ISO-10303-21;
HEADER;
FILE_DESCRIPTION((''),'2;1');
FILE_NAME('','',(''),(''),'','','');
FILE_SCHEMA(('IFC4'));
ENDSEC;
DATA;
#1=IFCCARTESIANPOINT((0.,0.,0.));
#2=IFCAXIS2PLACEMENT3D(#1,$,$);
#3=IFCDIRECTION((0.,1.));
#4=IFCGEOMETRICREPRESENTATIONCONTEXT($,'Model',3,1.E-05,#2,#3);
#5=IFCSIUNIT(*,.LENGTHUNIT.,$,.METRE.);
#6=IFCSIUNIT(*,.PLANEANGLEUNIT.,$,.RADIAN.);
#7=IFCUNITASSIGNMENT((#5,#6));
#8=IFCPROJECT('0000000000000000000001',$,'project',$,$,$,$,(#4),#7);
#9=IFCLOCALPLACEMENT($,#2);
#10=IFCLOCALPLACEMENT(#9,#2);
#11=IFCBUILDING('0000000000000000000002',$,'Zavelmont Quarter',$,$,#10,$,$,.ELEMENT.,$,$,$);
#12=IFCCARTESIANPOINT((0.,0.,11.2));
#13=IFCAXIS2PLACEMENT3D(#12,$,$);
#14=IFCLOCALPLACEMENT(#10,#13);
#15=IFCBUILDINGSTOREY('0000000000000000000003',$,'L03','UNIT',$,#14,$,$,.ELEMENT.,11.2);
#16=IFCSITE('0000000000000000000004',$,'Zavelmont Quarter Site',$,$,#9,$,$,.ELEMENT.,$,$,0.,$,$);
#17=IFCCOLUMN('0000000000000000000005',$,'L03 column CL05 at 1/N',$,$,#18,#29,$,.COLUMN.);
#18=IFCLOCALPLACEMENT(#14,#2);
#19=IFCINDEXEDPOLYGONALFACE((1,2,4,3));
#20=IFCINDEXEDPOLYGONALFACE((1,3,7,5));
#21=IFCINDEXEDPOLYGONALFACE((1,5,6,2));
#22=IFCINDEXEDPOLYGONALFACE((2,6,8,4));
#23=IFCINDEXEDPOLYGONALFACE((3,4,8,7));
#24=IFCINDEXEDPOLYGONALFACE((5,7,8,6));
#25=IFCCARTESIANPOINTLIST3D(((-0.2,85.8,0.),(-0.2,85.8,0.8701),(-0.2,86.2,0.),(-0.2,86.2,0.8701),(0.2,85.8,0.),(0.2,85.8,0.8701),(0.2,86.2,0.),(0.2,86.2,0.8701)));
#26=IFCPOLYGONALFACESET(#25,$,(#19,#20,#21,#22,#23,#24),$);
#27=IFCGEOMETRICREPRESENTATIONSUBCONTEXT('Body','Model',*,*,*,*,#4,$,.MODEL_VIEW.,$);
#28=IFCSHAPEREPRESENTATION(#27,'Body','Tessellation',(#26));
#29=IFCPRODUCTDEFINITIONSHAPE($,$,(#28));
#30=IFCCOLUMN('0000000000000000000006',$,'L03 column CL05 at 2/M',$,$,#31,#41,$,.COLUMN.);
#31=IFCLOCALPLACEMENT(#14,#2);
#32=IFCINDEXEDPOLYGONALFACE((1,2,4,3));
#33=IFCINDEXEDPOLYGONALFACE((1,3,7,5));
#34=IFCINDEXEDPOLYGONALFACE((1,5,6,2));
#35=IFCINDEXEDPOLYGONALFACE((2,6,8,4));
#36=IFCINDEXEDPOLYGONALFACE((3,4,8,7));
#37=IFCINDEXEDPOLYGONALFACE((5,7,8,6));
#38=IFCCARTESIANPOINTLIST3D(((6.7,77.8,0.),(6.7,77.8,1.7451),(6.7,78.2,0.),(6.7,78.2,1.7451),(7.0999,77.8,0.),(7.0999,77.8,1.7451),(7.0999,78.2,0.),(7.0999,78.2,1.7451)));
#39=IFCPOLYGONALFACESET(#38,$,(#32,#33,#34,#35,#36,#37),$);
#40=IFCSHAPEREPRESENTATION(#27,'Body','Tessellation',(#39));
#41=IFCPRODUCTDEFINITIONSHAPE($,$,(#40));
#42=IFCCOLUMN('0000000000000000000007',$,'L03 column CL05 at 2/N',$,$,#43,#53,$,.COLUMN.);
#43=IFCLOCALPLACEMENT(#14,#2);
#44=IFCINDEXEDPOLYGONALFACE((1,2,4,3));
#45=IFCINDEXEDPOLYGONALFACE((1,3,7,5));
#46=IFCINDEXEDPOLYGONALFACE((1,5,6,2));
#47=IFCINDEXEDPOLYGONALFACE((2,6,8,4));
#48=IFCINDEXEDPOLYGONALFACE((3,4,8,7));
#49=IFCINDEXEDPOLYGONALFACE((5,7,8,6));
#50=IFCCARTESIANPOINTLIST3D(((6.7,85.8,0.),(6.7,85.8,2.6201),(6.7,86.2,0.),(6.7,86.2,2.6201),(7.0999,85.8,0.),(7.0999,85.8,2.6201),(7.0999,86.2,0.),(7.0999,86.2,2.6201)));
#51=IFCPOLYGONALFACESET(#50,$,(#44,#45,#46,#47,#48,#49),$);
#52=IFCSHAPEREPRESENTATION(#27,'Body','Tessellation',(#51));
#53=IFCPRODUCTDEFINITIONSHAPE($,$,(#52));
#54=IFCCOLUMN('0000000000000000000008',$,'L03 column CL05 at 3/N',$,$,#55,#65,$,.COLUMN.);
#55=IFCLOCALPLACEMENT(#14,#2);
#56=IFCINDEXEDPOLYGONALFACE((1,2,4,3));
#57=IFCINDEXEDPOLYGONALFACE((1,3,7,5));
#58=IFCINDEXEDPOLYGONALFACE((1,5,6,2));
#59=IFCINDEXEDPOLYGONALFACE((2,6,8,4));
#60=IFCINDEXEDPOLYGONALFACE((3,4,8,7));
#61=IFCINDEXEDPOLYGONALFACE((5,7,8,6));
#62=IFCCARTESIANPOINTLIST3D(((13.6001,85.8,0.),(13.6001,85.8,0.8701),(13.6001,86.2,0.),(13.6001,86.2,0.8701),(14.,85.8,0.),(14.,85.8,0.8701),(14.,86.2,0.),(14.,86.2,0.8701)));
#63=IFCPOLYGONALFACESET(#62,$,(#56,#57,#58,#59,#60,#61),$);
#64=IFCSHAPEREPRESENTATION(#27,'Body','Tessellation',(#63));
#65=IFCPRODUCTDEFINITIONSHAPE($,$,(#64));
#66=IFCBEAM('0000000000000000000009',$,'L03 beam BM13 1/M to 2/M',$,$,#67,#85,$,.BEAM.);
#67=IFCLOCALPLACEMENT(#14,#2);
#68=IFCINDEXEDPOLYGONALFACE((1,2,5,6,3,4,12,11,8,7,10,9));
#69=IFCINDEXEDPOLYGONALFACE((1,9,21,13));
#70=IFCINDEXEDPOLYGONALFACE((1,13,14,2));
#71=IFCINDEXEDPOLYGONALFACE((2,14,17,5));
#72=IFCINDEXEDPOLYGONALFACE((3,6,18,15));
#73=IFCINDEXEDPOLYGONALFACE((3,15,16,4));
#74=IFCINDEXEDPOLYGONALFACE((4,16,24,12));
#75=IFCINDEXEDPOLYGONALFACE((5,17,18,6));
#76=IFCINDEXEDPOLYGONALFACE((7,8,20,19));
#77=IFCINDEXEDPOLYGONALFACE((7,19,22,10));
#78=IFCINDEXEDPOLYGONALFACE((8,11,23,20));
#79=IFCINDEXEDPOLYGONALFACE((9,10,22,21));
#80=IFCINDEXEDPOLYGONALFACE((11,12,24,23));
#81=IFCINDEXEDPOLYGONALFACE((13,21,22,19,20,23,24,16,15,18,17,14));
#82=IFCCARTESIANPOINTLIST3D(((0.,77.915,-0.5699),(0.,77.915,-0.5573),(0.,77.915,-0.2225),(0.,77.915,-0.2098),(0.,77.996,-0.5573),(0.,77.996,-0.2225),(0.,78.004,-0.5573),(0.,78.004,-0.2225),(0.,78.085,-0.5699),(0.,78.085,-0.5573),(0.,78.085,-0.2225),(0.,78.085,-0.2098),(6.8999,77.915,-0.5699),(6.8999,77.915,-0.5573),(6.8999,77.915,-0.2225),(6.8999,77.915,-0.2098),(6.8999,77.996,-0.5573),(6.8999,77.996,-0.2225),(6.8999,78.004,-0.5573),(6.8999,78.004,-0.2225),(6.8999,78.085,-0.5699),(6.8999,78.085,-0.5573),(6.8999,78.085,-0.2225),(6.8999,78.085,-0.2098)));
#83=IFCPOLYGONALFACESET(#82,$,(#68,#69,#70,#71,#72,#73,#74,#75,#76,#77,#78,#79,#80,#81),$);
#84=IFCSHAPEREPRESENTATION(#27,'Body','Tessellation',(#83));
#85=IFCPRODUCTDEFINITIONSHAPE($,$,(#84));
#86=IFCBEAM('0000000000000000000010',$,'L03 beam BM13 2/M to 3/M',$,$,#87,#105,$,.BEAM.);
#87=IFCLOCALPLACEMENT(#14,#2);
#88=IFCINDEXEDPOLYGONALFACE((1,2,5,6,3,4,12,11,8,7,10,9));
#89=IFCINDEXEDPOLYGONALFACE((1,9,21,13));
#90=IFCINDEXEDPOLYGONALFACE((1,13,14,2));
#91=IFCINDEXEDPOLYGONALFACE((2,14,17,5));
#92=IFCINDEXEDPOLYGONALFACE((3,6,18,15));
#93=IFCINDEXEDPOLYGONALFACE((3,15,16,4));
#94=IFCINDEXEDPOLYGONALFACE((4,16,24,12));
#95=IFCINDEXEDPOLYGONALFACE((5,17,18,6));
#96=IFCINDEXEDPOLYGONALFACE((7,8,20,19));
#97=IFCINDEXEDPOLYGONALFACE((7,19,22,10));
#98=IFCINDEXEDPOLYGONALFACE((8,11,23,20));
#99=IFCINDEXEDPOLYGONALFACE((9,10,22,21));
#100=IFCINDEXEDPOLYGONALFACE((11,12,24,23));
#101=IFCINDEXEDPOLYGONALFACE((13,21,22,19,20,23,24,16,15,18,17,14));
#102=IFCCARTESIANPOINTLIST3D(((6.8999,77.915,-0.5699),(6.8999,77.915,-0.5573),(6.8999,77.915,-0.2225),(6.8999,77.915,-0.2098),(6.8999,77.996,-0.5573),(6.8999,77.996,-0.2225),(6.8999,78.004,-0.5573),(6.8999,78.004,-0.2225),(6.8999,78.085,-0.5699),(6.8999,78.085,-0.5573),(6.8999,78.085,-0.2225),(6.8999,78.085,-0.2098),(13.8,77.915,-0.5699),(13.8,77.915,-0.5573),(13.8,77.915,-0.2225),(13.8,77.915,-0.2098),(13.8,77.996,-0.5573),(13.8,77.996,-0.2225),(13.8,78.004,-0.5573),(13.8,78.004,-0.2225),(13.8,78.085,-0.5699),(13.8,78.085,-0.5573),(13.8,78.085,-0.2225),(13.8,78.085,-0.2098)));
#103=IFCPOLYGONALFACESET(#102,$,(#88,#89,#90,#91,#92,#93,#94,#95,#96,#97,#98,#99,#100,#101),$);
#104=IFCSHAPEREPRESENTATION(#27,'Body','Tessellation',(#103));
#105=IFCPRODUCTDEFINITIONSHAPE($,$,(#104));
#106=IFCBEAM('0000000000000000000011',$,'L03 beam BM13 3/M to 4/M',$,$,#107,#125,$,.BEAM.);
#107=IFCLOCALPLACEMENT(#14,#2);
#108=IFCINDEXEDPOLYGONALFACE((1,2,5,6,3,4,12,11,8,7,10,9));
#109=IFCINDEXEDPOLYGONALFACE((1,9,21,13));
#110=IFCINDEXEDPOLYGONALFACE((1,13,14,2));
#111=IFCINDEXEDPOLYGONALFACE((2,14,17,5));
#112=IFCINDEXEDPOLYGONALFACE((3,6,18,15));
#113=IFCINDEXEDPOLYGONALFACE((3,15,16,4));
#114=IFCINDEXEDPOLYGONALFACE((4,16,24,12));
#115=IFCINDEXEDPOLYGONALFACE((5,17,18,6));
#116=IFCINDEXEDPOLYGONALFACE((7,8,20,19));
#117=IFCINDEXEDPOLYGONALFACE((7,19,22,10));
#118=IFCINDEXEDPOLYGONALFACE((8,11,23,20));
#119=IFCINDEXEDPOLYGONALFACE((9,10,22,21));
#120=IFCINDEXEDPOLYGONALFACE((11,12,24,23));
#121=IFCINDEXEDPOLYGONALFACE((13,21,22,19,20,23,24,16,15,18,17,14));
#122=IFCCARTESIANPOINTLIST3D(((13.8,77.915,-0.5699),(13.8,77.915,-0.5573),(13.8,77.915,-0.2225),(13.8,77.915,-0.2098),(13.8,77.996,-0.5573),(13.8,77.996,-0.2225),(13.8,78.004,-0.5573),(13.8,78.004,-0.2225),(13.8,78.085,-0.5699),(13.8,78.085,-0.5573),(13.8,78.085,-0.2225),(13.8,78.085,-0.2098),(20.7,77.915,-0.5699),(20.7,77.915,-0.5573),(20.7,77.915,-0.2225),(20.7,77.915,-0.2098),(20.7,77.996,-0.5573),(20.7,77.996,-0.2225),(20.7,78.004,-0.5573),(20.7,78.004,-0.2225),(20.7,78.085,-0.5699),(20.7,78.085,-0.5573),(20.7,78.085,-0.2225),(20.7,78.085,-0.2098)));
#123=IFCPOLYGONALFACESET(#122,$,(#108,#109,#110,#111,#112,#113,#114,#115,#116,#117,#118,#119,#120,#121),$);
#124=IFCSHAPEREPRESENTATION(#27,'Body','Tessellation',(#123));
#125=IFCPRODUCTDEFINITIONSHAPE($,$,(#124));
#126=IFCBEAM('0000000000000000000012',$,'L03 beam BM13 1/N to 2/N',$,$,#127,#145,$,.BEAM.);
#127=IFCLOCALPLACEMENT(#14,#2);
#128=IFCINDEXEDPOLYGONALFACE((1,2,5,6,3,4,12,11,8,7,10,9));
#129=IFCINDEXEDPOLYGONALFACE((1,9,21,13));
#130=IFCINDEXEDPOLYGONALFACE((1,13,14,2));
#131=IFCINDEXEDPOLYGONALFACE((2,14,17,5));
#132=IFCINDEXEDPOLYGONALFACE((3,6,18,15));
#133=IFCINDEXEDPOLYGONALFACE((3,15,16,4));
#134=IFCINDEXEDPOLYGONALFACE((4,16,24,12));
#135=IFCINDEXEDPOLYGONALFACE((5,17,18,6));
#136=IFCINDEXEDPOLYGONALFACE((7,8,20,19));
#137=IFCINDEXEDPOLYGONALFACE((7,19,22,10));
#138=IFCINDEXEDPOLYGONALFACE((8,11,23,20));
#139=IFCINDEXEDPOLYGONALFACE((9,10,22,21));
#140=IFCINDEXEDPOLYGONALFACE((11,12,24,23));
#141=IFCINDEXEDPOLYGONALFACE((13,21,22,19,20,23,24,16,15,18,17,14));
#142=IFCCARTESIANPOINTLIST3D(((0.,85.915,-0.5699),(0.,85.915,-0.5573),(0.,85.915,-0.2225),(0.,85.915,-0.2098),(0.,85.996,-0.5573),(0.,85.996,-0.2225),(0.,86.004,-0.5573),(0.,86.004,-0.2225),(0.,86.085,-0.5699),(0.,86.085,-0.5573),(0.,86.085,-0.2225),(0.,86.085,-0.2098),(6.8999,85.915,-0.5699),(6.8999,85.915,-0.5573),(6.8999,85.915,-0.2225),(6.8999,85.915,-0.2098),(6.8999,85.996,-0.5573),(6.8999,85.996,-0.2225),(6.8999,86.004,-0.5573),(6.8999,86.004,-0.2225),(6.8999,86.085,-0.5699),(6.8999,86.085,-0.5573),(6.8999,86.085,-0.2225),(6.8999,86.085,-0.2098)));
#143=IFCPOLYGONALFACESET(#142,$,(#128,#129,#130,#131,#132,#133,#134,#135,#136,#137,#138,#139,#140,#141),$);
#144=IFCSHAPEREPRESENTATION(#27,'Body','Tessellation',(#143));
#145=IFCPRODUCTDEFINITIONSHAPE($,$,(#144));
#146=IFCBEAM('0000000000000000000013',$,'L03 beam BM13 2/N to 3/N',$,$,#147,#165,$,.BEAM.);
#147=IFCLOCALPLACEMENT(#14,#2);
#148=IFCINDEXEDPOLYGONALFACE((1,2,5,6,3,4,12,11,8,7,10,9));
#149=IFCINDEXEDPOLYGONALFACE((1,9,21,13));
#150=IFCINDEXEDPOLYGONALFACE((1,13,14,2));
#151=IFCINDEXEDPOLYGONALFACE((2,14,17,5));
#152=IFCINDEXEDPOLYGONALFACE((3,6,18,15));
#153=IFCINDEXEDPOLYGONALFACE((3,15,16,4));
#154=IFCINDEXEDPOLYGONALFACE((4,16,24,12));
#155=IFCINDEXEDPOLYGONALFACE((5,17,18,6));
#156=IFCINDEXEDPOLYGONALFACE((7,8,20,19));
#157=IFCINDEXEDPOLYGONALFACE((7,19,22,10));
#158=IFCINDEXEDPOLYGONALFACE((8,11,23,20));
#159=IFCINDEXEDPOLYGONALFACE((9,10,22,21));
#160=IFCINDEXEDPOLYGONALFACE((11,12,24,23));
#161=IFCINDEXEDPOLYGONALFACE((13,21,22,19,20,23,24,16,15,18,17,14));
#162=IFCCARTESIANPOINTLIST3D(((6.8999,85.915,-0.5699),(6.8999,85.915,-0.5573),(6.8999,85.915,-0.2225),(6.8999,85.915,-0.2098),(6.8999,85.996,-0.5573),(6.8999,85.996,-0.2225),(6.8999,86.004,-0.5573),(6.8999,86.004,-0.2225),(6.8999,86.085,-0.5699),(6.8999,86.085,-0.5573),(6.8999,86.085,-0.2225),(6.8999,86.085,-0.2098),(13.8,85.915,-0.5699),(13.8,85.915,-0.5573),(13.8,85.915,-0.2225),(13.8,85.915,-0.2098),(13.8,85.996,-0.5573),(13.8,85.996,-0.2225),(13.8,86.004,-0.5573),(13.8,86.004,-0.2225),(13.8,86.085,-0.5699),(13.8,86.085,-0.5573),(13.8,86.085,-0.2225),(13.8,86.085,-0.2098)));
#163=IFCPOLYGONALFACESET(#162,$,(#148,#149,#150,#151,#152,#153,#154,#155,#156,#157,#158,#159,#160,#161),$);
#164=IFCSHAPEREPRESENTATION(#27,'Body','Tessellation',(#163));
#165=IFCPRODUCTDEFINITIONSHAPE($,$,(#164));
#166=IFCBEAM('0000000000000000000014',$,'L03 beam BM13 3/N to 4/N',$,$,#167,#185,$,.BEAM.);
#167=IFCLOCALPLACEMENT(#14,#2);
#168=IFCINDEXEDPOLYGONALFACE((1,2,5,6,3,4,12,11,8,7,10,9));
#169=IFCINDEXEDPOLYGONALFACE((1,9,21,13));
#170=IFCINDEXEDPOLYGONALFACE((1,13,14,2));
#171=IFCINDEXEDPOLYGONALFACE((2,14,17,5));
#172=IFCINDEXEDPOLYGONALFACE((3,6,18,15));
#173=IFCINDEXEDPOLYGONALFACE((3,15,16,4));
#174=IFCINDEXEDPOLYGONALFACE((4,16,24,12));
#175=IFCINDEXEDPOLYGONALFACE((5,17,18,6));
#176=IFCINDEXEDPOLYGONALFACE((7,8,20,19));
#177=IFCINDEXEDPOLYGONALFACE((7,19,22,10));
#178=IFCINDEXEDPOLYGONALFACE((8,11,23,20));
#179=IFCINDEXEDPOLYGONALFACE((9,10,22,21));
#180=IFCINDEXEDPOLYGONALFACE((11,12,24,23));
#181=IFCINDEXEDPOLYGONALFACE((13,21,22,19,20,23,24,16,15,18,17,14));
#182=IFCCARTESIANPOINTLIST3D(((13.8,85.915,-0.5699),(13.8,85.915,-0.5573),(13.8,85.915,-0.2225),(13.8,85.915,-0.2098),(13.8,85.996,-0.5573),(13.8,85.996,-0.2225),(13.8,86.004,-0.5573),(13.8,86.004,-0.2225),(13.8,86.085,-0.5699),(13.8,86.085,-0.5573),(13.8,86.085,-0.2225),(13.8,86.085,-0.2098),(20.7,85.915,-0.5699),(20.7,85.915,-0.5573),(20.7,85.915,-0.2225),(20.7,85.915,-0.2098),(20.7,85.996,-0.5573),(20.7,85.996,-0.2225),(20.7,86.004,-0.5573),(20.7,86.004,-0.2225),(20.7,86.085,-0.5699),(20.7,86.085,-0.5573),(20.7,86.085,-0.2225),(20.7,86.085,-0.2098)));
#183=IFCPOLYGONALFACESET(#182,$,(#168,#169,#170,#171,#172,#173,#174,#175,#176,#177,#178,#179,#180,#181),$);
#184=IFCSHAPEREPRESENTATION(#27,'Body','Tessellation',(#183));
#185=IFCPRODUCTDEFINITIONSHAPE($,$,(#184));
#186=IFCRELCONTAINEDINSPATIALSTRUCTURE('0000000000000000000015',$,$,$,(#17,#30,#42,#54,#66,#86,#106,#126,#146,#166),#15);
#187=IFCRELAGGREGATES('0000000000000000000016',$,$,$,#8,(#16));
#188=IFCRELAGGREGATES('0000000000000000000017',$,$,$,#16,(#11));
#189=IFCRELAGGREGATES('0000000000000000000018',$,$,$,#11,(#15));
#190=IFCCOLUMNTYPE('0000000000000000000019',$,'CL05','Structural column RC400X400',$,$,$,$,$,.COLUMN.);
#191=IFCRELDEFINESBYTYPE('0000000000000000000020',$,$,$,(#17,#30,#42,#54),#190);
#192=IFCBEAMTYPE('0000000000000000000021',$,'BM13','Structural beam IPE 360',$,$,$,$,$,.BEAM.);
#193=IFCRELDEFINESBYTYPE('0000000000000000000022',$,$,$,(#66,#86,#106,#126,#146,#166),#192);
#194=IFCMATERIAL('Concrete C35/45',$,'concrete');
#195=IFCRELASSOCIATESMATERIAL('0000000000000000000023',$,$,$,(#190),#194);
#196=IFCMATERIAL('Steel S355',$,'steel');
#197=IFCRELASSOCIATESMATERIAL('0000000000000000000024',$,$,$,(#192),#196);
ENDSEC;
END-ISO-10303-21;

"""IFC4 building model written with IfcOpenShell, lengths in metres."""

from ifc_helpers import new_model, si_unit, direction, frame, origin, origin_2d, place, context, subcontext, project, spatial, rectangle, i_section, extrude, material, material_profile, profile_set, type_object, element, save


model = new_model("IFC4")

# Units and contexts
model_context = context("Model", 3, precision=1e-05, world=origin(), true_north=direction((0.0, 1.0)))
body_context = subcontext(model_context, "Body", "Model", "MODEL_VIEW")
ifc_project = project(units=[si_unit("LENGTHUNIT", "METRE"), si_unit("PLANEANGLEUNIT", "RADIAN")], contexts=[model_context])

# Site, building, storey
site_placement = place(None, origin())
site = spatial("IfcSite", under=ifc_project, at=site_placement, Name="Zavelmont Quarter Site", CompositionType="ELEMENT", RefElevation=0.0)
building_placement = place(site_placement, origin())
building = spatial("IfcBuilding", under=site, at=building_placement, Name="Zavelmont Quarter", CompositionType="ELEMENT")
storey_placement = place(building_placement, frame((0.0, 0.0, 11.2)))
storey = spatial("IfcBuildingStorey", under=building, at=storey_placement, Name="L03", Description="UNIT", CompositionType="ELEMENT", Elevation=11.2)

# Columns
ifc_material_1 = material(Name="Concrete C35/45", Category="concrete")
ifc_material_profile_1 = material_profile(ifc_material_1, rectangle(XDim=0.3999, YDim=0.3999, at=origin_2d()), Name="RC400X400")
ifc_profile_set_1 = profile_set([ifc_material_profile_1], Name="Concrete C35/45")
column_type = type_object("IfcColumnType", Name="CL05", Description="Structural column RC400X400", PredefinedType="COLUMN", material=ifc_profile_set_1)
column_1_placement = place(storey_placement, frame((0.0, 86.0, 0.0), z_axis=(0.0, 0.0, 1.0), x_axis=(1.0, 0.0, 0.0)))
element("IfcColumn", 1, at=column_1_placement, inside=storey, type_object=column_type, Name="L03 column CL05 at 1/N", PredefinedType="COLUMN", context=body_context, shape_type="SweptSolid", body=[
    extrude(rectangle(XDim=0.3999, YDim=0.3999, at=origin_2d()), origin(), (0.0, 0.0, 1.0), 0.8701),
])
column_2_placement = place(storey_placement, frame((6.8999, 78.0, 0.0), z_axis=(0.0, 0.0, 1.0), x_axis=(1.0, 0.0, 0.0)))
element("IfcColumn", 2, at=column_2_placement, inside=storey, type_object=column_type, Name="L03 column CL05 at 2/M", PredefinedType="COLUMN", context=body_context, shape_type="SweptSolid", body=[
    extrude(rectangle(XDim=0.3999, YDim=0.3999, at=origin_2d()), origin(), (0.0, 0.0, 1.0), 1.7451),
])
column_3_placement = place(storey_placement, frame((6.8999, 86.0, 0.0), z_axis=(0.0, 0.0, 1.0), x_axis=(1.0, 0.0, 0.0)))
element("IfcColumn", 3, at=column_3_placement, inside=storey, type_object=column_type, Name="L03 column CL05 at 2/N", PredefinedType="COLUMN", context=body_context, shape_type="SweptSolid", body=[
    extrude(rectangle(XDim=0.3999, YDim=0.3999, at=origin_2d()), origin(), (0.0, 0.0, 1.0), 2.6201),
])
column_4_placement = place(storey_placement, frame((13.8, 86.0, 0.0), z_axis=(0.0, 0.0, 1.0), x_axis=(1.0, 0.0, 0.0)))
element("IfcColumn", 4, at=column_4_placement, inside=storey, type_object=column_type, Name="L03 column CL05 at 3/N", PredefinedType="COLUMN", context=body_context, shape_type="SweptSolid", body=[
    extrude(rectangle(XDim=0.3999, YDim=0.3999, at=origin_2d()), origin(), (0.0, 0.0, 1.0), 0.8701),
])

# Beams
ifc_material_2 = material(Name="Steel S355", Category="steel")
ifc_material_profile_2 = material_profile(ifc_material_2, i_section(OverallWidth=0.1699, OverallDepth=0.3601, WebThickness=0.0081, FlangeThickness=0.0127, at=origin_2d()), Name="IPE 360")
ifc_profile_set_2 = profile_set([ifc_material_profile_2], Name="Steel S355")
beam_type = type_object("IfcBeamType", Name="BM13", Description="Structural beam IPE 360", PredefinedType="BEAM", material=ifc_profile_set_2)
beam_1_placement = place(storey_placement, frame((0.0, 78.0, -0.3899), z_axis=(1.0, 0.0, 0.0), x_axis=(0.0, 1.0, 0.0)))
element("IfcBeam", 5, at=beam_1_placement, inside=storey, type_object=beam_type, Name="L03 beam BM13 1/M to 2/M", PredefinedType="BEAM", context=body_context, shape_type="SweptSolid", body=[
    extrude(i_section(OverallWidth=0.1699, OverallDepth=0.3601, WebThickness=0.0081, FlangeThickness=0.0127, at=origin_2d()), origin(), (0.0, 0.0, 1.0), 6.8999),
])
beam_2_placement = place(storey_placement, frame((6.8999, 78.0, -0.3899), z_axis=(1.0, 0.0, 0.0), x_axis=(0.0, 1.0, 0.0)))
element("IfcBeam", 6, at=beam_2_placement, inside=storey, type_object=beam_type, Name="L03 beam BM13 2/M to 3/M", PredefinedType="BEAM", context=body_context, shape_type="SweptSolid", body=[
    extrude(i_section(OverallWidth=0.1699, OverallDepth=0.3601, WebThickness=0.0081, FlangeThickness=0.0127, at=origin_2d()), origin(), (0.0, 0.0, 1.0), 6.9001),
])
for number, where, z_axis, x_axis, name in (
    (7, (13.8, 78.0, -0.3899), (1.0, 0.0, 0.0), (0.0, 1.0, 0.0), "L03 beam BM13 3/M to 4/M"),
    (8, (0.0, 86.0, -0.3899), (1.0, 0.0, 0.0), (0.0, 1.0, 0.0), "L03 beam BM13 1/N to 2/N"),
):
    element("IfcBeam", number, at=place(storey_placement, frame(where, z_axis=z_axis, x_axis=x_axis)), inside=storey, type_object=beam_type, Name=name, PredefinedType="BEAM", context=body_context, shape_type="SweptSolid", body=[
        extrude(i_section(OverallWidth=0.1699, OverallDepth=0.3601, WebThickness=0.0081, FlangeThickness=0.0127, at=origin_2d()), origin(), (0.0, 0.0, 1.0), 6.8999),
    ])
beam_3_placement = place(storey_placement, frame((6.8999, 86.0, -0.3899), z_axis=(1.0, 0.0, 0.0), x_axis=(0.0, 1.0, 0.0)))
element("IfcBeam", 9, at=beam_3_placement, inside=storey, type_object=beam_type, Name="L03 beam BM13 2/N to 3/N", PredefinedType="BEAM", context=body_context, shape_type="SweptSolid", body=[
    extrude(i_section(OverallWidth=0.1699, OverallDepth=0.3601, WebThickness=0.0081, FlangeThickness=0.0127, at=origin_2d()), origin(), (0.0, 0.0, 1.0), 6.9001),
])
beam_4_placement = place(storey_placement, frame((13.8, 86.0, -0.3899), z_axis=(1.0, 0.0, 0.0), x_axis=(0.0, 1.0, 0.0)))
element("IfcBeam", 10, at=beam_4_placement, inside=storey, type_object=beam_type, Name="L03 beam BM13 3/N to 4/N", PredefinedType="BEAM", context=body_context, shape_type="SweptSolid", body=[
    extrude(i_section(OverallWidth=0.1699, OverallDepth=0.3601, WebThickness=0.0081, FlangeThickness=0.0127, at=origin_2d()), origin(), (0.0, 0.0, 1.0), 6.8999),
])

save(model, "model.ifc")
